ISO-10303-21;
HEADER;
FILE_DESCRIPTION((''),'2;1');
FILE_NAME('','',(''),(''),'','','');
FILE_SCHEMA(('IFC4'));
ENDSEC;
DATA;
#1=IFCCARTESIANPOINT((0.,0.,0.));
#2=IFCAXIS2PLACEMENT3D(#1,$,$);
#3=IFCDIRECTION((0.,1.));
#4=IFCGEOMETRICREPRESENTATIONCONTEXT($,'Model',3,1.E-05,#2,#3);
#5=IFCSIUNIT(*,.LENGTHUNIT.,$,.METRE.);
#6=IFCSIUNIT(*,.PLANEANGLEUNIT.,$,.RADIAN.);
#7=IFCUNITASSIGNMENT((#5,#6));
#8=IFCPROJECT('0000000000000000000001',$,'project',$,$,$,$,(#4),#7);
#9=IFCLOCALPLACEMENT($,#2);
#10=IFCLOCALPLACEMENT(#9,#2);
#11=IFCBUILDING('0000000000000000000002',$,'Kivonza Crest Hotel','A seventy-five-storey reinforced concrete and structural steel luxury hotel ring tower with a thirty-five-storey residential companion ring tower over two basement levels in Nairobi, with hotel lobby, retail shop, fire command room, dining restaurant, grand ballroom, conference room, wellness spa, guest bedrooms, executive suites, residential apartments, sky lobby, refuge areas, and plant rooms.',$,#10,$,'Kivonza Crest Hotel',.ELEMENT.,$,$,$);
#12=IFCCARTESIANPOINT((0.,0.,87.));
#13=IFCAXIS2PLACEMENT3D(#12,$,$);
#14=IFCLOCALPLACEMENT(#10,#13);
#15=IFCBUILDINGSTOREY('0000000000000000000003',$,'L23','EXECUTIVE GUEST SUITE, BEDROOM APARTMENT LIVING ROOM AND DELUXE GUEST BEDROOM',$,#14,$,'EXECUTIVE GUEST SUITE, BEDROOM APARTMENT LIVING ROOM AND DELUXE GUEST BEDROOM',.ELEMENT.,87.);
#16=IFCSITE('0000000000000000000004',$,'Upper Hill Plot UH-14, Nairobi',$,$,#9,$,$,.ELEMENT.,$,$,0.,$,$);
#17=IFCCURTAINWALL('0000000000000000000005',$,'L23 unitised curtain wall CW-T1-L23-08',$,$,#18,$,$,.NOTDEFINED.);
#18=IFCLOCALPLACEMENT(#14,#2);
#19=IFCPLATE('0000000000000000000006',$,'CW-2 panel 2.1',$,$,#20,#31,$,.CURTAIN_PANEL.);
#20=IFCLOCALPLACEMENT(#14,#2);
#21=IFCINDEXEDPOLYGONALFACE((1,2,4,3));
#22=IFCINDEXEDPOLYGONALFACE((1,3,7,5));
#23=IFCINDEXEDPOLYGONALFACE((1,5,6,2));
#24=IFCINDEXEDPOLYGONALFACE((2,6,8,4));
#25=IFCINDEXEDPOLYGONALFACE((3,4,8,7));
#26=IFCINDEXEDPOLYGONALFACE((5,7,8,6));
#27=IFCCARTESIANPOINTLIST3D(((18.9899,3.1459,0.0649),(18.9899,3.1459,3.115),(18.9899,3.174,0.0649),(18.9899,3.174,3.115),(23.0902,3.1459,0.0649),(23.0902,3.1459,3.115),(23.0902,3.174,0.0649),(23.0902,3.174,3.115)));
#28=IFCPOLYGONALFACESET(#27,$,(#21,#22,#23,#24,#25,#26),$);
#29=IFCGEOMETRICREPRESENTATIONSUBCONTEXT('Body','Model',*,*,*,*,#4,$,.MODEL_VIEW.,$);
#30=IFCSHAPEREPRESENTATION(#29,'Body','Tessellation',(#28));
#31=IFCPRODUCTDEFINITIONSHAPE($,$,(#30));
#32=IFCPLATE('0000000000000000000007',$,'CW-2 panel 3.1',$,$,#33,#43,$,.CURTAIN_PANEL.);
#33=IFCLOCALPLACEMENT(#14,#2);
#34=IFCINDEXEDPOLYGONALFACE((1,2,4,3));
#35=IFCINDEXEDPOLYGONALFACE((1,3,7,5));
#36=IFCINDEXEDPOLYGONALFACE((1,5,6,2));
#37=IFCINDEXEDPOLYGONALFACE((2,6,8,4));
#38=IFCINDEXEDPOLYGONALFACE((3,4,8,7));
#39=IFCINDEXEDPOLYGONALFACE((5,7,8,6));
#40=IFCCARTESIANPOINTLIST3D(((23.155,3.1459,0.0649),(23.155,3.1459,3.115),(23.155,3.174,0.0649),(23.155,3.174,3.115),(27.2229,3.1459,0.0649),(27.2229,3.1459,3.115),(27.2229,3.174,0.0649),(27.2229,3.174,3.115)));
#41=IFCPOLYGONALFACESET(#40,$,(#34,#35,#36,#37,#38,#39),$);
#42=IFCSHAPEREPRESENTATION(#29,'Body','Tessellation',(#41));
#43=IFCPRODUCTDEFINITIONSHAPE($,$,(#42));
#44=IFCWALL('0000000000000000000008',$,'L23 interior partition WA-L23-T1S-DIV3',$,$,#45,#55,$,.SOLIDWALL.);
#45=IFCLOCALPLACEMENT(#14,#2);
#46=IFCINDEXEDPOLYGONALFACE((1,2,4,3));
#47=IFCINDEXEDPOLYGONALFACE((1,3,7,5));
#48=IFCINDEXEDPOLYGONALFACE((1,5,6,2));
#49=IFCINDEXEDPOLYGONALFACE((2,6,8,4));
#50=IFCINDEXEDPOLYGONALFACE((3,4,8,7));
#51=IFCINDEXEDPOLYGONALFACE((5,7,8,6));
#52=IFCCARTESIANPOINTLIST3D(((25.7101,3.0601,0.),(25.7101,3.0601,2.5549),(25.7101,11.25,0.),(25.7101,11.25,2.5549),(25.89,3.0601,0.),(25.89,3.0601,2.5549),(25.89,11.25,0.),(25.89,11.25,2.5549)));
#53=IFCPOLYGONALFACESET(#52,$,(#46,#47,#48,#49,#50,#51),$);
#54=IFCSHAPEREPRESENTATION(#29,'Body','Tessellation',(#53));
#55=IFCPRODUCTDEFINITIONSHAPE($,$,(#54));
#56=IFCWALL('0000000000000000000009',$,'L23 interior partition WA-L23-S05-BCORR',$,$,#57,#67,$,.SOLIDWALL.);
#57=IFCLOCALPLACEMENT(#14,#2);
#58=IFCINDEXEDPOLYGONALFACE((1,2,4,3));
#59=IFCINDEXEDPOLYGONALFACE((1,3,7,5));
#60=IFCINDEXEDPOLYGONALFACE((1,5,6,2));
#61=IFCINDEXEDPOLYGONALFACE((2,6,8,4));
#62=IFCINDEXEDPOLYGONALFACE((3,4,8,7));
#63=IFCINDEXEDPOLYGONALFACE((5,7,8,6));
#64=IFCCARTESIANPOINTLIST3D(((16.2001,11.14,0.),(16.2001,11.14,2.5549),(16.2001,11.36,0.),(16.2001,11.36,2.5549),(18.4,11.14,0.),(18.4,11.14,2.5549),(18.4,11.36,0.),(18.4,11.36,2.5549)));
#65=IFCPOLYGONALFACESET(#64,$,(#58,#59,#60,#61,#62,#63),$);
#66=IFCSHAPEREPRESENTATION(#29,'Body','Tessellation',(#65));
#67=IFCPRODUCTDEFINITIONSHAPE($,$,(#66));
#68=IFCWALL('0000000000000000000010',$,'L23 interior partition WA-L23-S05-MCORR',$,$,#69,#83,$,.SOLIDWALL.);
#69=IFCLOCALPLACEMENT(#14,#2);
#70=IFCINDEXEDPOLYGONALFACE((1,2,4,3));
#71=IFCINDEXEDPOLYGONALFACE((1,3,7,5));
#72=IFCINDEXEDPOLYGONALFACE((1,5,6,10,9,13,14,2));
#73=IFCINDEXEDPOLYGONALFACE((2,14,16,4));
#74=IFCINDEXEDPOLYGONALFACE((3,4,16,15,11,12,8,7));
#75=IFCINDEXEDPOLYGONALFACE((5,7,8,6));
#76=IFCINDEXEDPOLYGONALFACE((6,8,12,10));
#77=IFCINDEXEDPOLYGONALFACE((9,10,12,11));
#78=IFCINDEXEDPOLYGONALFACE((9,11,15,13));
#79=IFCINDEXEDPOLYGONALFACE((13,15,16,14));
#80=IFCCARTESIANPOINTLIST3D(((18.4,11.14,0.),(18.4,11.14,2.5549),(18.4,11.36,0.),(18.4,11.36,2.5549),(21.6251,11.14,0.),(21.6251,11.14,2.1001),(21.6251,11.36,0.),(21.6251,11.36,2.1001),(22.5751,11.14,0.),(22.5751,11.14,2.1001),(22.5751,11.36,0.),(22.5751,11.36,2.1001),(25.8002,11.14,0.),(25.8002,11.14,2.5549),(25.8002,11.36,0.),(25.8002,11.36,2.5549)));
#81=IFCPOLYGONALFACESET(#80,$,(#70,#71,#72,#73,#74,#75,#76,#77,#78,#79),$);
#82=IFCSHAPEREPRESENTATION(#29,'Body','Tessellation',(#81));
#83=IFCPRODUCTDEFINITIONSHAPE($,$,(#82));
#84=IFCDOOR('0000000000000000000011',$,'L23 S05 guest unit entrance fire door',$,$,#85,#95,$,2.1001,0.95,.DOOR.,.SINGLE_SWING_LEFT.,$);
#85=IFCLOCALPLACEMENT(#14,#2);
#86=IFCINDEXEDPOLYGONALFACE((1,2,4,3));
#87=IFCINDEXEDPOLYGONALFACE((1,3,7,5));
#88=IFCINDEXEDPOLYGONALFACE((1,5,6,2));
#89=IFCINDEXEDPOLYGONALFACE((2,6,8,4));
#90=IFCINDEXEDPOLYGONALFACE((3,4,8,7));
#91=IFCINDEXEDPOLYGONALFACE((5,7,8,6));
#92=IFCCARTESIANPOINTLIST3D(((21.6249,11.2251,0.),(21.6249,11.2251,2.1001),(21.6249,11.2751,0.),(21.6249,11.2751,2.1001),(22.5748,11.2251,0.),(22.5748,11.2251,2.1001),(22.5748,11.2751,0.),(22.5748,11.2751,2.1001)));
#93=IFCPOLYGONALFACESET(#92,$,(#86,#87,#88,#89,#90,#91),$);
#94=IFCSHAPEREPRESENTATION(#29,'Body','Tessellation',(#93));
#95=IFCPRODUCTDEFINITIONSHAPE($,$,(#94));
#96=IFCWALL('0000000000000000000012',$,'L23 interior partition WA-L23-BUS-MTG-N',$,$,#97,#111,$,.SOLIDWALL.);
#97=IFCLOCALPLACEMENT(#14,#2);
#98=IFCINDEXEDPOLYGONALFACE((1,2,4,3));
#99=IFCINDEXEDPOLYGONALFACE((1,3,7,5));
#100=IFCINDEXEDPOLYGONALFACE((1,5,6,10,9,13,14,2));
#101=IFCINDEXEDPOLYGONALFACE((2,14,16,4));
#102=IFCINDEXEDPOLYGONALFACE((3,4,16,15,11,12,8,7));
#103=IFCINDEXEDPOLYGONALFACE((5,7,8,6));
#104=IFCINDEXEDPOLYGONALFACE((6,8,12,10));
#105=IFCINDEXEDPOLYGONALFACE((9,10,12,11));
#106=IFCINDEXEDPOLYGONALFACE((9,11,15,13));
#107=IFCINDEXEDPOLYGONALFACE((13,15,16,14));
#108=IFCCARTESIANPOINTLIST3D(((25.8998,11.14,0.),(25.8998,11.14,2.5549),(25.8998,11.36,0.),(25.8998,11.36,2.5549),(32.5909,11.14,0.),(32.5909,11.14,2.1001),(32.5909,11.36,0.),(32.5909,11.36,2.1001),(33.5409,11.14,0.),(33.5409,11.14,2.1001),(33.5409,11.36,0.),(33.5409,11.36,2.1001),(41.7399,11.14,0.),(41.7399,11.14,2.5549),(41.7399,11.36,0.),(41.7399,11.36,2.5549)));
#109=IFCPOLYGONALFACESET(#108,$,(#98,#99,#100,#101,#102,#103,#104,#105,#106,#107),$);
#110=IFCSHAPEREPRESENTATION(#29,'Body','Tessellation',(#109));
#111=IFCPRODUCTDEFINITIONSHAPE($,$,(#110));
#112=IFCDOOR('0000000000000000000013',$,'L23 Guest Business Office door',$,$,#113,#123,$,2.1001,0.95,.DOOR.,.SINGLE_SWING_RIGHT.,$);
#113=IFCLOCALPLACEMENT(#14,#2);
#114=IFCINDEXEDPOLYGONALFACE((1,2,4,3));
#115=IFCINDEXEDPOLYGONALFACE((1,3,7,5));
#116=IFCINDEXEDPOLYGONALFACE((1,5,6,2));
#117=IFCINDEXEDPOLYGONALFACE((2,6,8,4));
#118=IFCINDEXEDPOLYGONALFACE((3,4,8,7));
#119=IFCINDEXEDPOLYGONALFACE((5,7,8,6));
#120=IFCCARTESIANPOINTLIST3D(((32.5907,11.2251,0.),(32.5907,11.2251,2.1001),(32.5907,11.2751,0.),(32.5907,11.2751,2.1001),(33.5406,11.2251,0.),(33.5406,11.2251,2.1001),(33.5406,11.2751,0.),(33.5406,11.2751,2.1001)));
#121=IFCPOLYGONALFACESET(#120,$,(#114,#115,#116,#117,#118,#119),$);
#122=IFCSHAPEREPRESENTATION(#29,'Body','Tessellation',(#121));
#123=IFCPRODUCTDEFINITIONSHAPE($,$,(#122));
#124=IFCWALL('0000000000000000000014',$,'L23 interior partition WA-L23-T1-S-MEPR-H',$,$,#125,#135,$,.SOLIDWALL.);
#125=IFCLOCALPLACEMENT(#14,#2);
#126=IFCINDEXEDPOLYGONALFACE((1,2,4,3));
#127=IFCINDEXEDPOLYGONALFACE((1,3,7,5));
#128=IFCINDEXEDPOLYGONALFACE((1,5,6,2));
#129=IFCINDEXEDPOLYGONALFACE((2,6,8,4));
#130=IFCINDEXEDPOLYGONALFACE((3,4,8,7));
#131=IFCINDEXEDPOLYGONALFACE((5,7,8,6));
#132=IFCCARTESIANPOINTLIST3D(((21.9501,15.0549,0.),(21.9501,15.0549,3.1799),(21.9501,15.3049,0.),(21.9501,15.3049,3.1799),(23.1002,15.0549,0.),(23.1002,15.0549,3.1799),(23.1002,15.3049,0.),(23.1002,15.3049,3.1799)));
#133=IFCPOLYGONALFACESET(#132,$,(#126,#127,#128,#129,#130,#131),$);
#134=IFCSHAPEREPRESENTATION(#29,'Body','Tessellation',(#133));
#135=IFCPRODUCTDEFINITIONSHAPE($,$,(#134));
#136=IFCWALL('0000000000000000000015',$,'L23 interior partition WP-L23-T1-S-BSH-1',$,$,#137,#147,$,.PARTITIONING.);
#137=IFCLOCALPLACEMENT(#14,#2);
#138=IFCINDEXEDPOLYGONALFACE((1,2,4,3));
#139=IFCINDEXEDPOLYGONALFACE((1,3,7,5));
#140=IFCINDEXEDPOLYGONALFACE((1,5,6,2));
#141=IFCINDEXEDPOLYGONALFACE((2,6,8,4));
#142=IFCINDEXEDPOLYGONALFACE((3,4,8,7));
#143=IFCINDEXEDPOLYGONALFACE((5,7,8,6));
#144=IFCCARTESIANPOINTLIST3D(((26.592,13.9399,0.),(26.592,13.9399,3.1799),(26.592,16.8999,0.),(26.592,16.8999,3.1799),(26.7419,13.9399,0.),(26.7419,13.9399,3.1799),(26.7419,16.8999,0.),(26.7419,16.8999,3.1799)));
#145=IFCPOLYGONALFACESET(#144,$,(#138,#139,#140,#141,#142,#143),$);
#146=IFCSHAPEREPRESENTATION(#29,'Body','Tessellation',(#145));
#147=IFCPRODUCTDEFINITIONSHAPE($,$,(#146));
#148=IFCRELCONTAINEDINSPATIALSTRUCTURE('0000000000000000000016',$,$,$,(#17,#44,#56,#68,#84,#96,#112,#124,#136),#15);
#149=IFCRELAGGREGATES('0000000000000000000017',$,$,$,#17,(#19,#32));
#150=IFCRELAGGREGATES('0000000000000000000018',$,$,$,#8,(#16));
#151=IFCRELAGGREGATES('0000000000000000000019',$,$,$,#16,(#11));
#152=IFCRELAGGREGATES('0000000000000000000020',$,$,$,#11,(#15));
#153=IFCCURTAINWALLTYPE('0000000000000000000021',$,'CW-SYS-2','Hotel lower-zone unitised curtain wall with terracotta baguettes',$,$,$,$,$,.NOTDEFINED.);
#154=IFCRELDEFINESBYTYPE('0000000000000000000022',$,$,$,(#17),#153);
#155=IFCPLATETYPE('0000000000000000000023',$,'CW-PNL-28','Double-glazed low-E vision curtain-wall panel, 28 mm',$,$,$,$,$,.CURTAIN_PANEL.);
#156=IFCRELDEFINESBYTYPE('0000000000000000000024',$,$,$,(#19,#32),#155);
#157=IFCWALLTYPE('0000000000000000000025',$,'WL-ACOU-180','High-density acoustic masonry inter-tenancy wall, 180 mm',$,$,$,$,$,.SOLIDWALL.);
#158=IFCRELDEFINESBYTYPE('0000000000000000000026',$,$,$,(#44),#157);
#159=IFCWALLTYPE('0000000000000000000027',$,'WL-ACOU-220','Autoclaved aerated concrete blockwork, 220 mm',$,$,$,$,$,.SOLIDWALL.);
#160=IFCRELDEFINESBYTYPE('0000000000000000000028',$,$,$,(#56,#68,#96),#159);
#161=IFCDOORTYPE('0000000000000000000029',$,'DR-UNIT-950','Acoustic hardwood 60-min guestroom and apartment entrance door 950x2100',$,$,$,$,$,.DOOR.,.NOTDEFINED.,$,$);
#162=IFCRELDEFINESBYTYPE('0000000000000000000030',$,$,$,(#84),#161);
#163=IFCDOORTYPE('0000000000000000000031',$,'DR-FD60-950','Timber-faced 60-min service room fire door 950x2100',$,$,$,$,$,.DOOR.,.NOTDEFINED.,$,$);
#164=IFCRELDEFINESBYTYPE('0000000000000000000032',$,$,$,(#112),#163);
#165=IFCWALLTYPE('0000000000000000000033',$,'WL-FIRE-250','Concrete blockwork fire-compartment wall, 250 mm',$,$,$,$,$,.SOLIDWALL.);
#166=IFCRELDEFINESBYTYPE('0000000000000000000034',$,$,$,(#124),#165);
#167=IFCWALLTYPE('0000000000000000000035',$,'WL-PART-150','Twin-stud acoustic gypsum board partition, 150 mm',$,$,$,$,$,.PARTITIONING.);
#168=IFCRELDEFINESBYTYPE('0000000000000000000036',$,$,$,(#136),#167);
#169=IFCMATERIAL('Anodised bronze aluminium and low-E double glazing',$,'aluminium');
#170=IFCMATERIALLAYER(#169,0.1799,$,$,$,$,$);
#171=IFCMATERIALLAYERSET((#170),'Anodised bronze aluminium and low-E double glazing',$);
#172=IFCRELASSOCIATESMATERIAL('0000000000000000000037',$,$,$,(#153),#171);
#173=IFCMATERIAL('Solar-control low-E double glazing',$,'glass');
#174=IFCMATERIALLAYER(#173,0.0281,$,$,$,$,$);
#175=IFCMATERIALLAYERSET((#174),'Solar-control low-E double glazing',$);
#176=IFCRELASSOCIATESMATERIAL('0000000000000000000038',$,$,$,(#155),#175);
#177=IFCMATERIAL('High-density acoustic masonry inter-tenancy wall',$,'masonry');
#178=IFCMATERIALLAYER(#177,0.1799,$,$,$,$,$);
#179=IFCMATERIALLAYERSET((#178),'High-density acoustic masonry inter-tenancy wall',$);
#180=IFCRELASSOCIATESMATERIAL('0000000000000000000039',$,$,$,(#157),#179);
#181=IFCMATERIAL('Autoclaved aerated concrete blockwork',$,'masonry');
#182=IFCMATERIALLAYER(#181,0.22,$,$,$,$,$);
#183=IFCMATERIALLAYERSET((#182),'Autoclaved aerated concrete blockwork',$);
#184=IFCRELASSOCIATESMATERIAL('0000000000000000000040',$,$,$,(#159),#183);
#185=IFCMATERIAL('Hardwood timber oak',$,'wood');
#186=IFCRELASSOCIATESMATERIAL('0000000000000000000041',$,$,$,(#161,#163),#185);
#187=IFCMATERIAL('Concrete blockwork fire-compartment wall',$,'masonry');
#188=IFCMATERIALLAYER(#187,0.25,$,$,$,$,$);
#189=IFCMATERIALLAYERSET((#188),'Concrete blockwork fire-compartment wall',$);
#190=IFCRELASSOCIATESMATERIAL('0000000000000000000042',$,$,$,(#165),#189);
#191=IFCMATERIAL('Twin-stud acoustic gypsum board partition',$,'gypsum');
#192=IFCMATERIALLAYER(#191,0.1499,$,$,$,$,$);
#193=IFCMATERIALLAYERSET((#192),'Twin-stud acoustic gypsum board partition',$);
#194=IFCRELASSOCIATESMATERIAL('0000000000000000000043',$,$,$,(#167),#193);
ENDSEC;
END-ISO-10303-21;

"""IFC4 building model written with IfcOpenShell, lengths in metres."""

from ifc_helpers import new_model, si_unit, direction, frame, frame_2d, origin, origin_2d, place, context, subcontext, project, spatial, rectangle, extrude, material, layer, layer_set, type_object, element, fill, aggregate, save


model = new_model("IFC4")

# Units and contexts
model_context = context("Model", 3, precision=1e-05, world=origin(), true_north=direction((0.0, 1.0)))
body_context = subcontext(model_context, "Body", "Model", "MODEL_VIEW")
ifc_project = project(units=[si_unit("LENGTHUNIT", "METRE"), si_unit("PLANEANGLEUNIT", "RADIAN")], contexts=[model_context])

# Site, building, storey
site_placement = place(None, origin())
site = spatial("IfcSite", under=ifc_project, at=site_placement, Name="Upper Hill Plot UH-14, Nairobi", CompositionType="ELEMENT", RefElevation=0.0)
building_placement = place(site_placement, origin())
building = spatial("IfcBuilding", under=site, at=building_placement, Name="Kivonza Crest Hotel", Description="A seventy-five-storey reinforced concrete and structural steel luxury hotel ring tower with a thirty-five-storey residential companion ring tower over two basement levels in Nairobi, with hotel lobby, retail shop, fire command room, dining restaurant, grand ballroom, conference room, wellness spa, guest bedrooms, executive suites, residential apartments, sky lobby, refuge areas, and plant rooms.", LongName="Kivonza Crest Hotel", CompositionType="ELEMENT")
storey_placement = place(building_placement, frame((0.0, 0.0, 87.0)))
storey = spatial("IfcBuildingStorey", under=building, at=storey_placement, Name="L23", Description="EXECUTIVE GUEST SUITE, BEDROOM APARTMENT LIVING ROOM AND DELUXE GUEST BEDROOM", LongName="EXECUTIVE GUEST SUITE, BEDROOM APARTMENT LIVING ROOM AND DELUXE GUEST BEDROOM", CompositionType="ELEMENT", Elevation=87.0)

# Curtain wall, plates
ifc_material_1 = material(Name="Anodised bronze aluminium and low-E double glazing", Category="aluminium")
ifc_layer_1 = layer(ifc_material_1, 0.1799)
ifc_layer_set_1 = layer_set([ifc_layer_1], Name="Anodised bronze aluminium and low-E double glazing")
curtain_wall_type = type_object("IfcCurtainWallType", Name="CW-SYS-2", Description="Hotel lower-zone unitised curtain wall with terracotta baguettes", PredefinedType="NOTDEFINED", material=ifc_layer_set_1)
curtain_wall_placement = place(storey_placement, origin())
curtain_wall = element("IfcCurtainWall", 1, at=curtain_wall_placement, inside=storey, type_object=curtain_wall_type, Name="L23 unitised curtain wall CW-T1-L23-08", PredefinedType="NOTDEFINED")
ifc_material_2 = material(Name="Solar-control low-E double glazing", Category="glass")
ifc_layer_2 = layer(ifc_material_2, 0.0281)
ifc_layer_set_2 = layer_set([ifc_layer_2], Name="Solar-control low-E double glazing")
plate_type = type_object("IfcPlateType", Name="CW-PNL-28", Description="Double-glazed low-E vision curtain-wall panel, 28 mm", PredefinedType="CURTAIN_PANEL", material=ifc_layer_set_2)
plate_1_placement = place(storey_placement, frame((21.04, 3.1599, 0.0649), z_axis=(0.0, 0.0, 1.0), x_axis=(1.0, 0.0, 0.0)))
plate_1 = element("IfcPlate", 2, at=plate_1_placement, type_object=plate_type, Name="CW-2 panel 2.1", PredefinedType="CURTAIN_PANEL", context=body_context, shape_type="SweptSolid", body=[
    extrude(rectangle(XDim=4.1003, YDim=0.0281, at=origin_2d()), origin(), (0.0, 0.0, 1.0), 3.05),
])
plate_2_placement = place(storey_placement, frame((25.189, 3.1599, 0.0649), z_axis=(0.0, 0.0, 1.0), x_axis=(1.0, 0.0, 0.0)))
plate_2 = element("IfcPlate", 3, at=plate_2_placement, type_object=plate_type, Name="CW-2 panel 3.1", PredefinedType="CURTAIN_PANEL", context=body_context, shape_type="SweptSolid", body=[
    extrude(rectangle(XDim=4.0679, YDim=0.0281, at=origin_2d()), origin(), (0.0, 0.0, 1.0), 3.05),
])
aggregate(curtain_wall, [plate_1, plate_2])

# Walls
ifc_material_3 = material(Name="High-density acoustic masonry inter-tenancy wall", Category="masonry")
ifc_layer_3 = layer(ifc_material_3, 0.1799)
ifc_layer_set_3 = layer_set([ifc_layer_3], Name="High-density acoustic masonry inter-tenancy wall")
wall_type_1 = type_object("IfcWallType", Name="WL-ACOU-180", Description="High-density acoustic masonry inter-tenancy wall, 180 mm", PredefinedType="SOLIDWALL", material=ifc_layer_set_3)
wall_1_placement = place(storey_placement, frame((25.8, 3.0601, 0.0), z_axis=(0.0, 0.0, 1.0), x_axis=(0.0, 1.0, 0.0)))
element("IfcWall", 4, at=wall_1_placement, inside=storey, type_object=wall_type_1, Name="L23 interior partition WA-L23-T1S-DIV3", PredefinedType="SOLIDWALL", context=body_context, shape_type="SweptSolid", body=[
    extrude(rectangle(XDim=8.1899, YDim=0.1799, at=frame_2d((4.095, 0.0))), origin(), (0.0, 0.0, 1.0), 2.5549),
])
ifc_material_4 = material(Name="Autoclaved aerated concrete blockwork", Category="masonry")
ifc_layer_4 = layer(ifc_material_4, 0.22)
ifc_layer_set_4 = layer_set([ifc_layer_4], Name="Autoclaved aerated concrete blockwork")
wall_type_2 = type_object("IfcWallType", Name="WL-ACOU-220", Description="Autoclaved aerated concrete blockwork, 220 mm", PredefinedType="SOLIDWALL", material=ifc_layer_set_4)
wall_2_placement = place(storey_placement, frame((16.2, 11.25, 0.0), z_axis=(0.0, 0.0, 1.0), x_axis=(1.0, 0.0, 0.0)))
element("IfcWall", 5, at=wall_2_placement, inside=storey, type_object=wall_type_2, Name="L23 interior partition WA-L23-S05-BCORR", PredefinedType="SOLIDWALL", context=body_context, shape_type="SweptSolid", body=[
    extrude(rectangle(XDim=2.2, YDim=0.22, at=frame_2d((1.1001, 0.0))), origin(), (0.0, 0.0, 1.0), 2.5549),
])

# Walls, openings, doors
wall_3_placement = place(storey_placement, frame((18.3999, 11.25, 0.0), z_axis=(0.0, 0.0, 1.0), x_axis=(1.0, 0.0, 0.0)))
wall_3 = element("IfcWall", 6, at=wall_3_placement, inside=storey, type_object=wall_type_2, Name="L23 interior partition WA-L23-S05-MCORR", PredefinedType="SOLIDWALL", context=body_context, shape_type="SweptSolid", body=[
    extrude(rectangle(XDim=7.4001, YDim=0.22, at=frame_2d((3.7002, 0.0))), origin(), (0.0, 0.0, 1.0), 2.5549),
])
opening_1_placement = place(wall_3_placement, frame((3.2251, 0.0, 0.0)))
opening_1 = element("IfcOpeningElement", 7, at=opening_1_placement, cuts=wall_3, PredefinedType="OPENING", context=body_context, shape_type="SweptSolid", body=[
    extrude(rectangle(XDim=0.95, YDim=2.1001, at=frame_2d((0.4751, 1.05))), frame((0.0, 0.1201, 0.0), z_axis=(0.0, -1.0, 0.0), x_axis=(1.0, 0.0, 0.0)), (0.0, 0.0, 1.0), 0.24),
])
ifc_material_5 = material(Name="Hardwood timber oak", Category="wood")
door_type_1 = type_object("IfcDoorType", Name="DR-UNIT-950", Description="Acoustic hardwood 60-min guestroom and apartment entrance door 950x2100", OperationType="NOTDEFINED", PredefinedType="DOOR", material=ifc_material_5)
door_1_placement = place(opening_1_placement, frame((0.95, 0.0, 0.0), z_axis=(0.0, 0.0, 1.0), x_axis=(-1.0, 0.0, 0.0)))
door_1 = element("IfcDoor", 8, at=door_1_placement, inside=storey, type_object=door_type_1, Name="L23 S05 guest unit entrance fire door", OperationType="SINGLE_SWING_LEFT", OverallHeight=2.1001, OverallWidth=0.95, PredefinedType="DOOR", context=body_context, shape_type="SweptSolid", body=[
    extrude(rectangle(XDim=0.95, YDim=2.1001, at=frame_2d((0.4751, 1.05))), frame((0.0, 0.0249, 0.0), z_axis=(0.0, -1.0, 0.0), x_axis=(1.0, 0.0, 0.0)), (0.0, 0.0, 1.0), 0.05),
])
fill(opening_1, door_1)
wall_4_placement = place(storey_placement, frame((25.8999, 11.25, 0.0), z_axis=(0.0, 0.0, 1.0), x_axis=(1.0, 0.0, 0.0)))
wall_4 = element("IfcWall", 9, at=wall_4_placement, inside=storey, type_object=wall_type_2, Name="L23 interior partition WA-L23-BUS-MTG-N", PredefinedType="SOLIDWALL", context=body_context, shape_type="SweptSolid", body=[
    extrude(rectangle(XDim=15.8401, YDim=0.22, at=frame_2d((7.9199, 0.0))), origin(), (0.0, 0.0, 1.0), 2.5549),
])
opening_2_placement = place(wall_4_placement, frame((6.6909, 0.0, 0.0)))
opening_2 = element("IfcOpeningElement", 10, at=opening_2_placement, cuts=wall_4, PredefinedType="OPENING", context=body_context, shape_type="SweptSolid", body=[
    extrude(rectangle(XDim=0.95, YDim=2.1001, at=frame_2d((0.4751, 1.05))), frame((0.0, 0.1201, 0.0), z_axis=(0.0, -1.0, 0.0), x_axis=(1.0, 0.0, 0.0)), (0.0, 0.0, 1.0), 0.24),
])
door_type_2 = type_object("IfcDoorType", Name="DR-FD60-950", Description="Timber-faced 60-min service room fire door 950x2100", OperationType="NOTDEFINED", PredefinedType="DOOR", material=ifc_material_5)
door_2_placement = place(opening_2_placement, frame((0.95, 0.0, 0.0), z_axis=(0.0, 0.0, 1.0), x_axis=(-1.0, 0.0, 0.0)))
door_2 = element("IfcDoor", 11, at=door_2_placement, inside=storey, type_object=door_type_2, Name="L23 Guest Business Office door", OperationType="SINGLE_SWING_RIGHT", OverallHeight=2.1001, OverallWidth=0.95, PredefinedType="DOOR", context=body_context, shape_type="SweptSolid", body=[
    extrude(rectangle(XDim=0.95, YDim=2.1001, at=frame_2d((0.4751, 1.05))), frame((0.0, 0.0249, 0.0), z_axis=(0.0, -1.0, 0.0), x_axis=(1.0, 0.0, 0.0)), (0.0, 0.0, 1.0), 0.05),
])
fill(opening_2, door_2)

# Walls
ifc_material_6 = material(Name="Concrete blockwork fire-compartment wall", Category="masonry")
ifc_layer_5 = layer(ifc_material_6, 0.25)
ifc_layer_set_5 = layer_set([ifc_layer_5], Name="Concrete blockwork fire-compartment wall")
wall_type_3 = type_object("IfcWallType", Name="WL-FIRE-250", Description="Concrete blockwork fire-compartment wall, 250 mm", PredefinedType="SOLIDWALL", material=ifc_layer_set_5)
wall_5_placement = place(storey_placement, frame((21.95, 15.1799, 0.0), z_axis=(0.0, 0.0, 1.0), x_axis=(1.0, 0.0, 0.0)))
element("IfcWall", 12, at=wall_5_placement, inside=storey, type_object=wall_type_3, Name="L23 interior partition WA-L23-T1-S-MEPR-H", PredefinedType="SOLIDWALL", context=body_context, shape_type="SweptSolid", body=[
    extrude(rectangle(XDim=1.1501, YDim=0.25, at=frame_2d((0.5752, 0.0))), origin(), (0.0, 0.0, 1.0), 3.1799),
])
ifc_material_7 = material(Name="Twin-stud acoustic gypsum board partition", Category="gypsum")
ifc_layer_6 = layer(ifc_material_7, 0.1499)
ifc_layer_set_6 = layer_set([ifc_layer_6], Name="Twin-stud acoustic gypsum board partition")
wall_type_4 = type_object("IfcWallType", Name="WL-PART-150", Description="Twin-stud acoustic gypsum board partition, 150 mm", PredefinedType="PARTITIONING", material=ifc_layer_set_6)
wall_6_placement = place(storey_placement, frame((26.667, 13.9399, 0.0), z_axis=(0.0, 0.0, 1.0), x_axis=(0.0, 1.0, 0.0)))
element("IfcWall", 13, at=wall_6_placement, inside=storey, type_object=wall_type_4, Name="L23 interior partition WP-L23-T1-S-BSH-1", PredefinedType="PARTITIONING", context=body_context, shape_type="SweptSolid", body=[
    extrude(rectangle(XDim=2.96, YDim=0.1499, at=frame_2d((1.48, 0.0))), origin(), (0.0, 0.0, 1.0), 3.1799),
])

save(model, "model.ifc")
